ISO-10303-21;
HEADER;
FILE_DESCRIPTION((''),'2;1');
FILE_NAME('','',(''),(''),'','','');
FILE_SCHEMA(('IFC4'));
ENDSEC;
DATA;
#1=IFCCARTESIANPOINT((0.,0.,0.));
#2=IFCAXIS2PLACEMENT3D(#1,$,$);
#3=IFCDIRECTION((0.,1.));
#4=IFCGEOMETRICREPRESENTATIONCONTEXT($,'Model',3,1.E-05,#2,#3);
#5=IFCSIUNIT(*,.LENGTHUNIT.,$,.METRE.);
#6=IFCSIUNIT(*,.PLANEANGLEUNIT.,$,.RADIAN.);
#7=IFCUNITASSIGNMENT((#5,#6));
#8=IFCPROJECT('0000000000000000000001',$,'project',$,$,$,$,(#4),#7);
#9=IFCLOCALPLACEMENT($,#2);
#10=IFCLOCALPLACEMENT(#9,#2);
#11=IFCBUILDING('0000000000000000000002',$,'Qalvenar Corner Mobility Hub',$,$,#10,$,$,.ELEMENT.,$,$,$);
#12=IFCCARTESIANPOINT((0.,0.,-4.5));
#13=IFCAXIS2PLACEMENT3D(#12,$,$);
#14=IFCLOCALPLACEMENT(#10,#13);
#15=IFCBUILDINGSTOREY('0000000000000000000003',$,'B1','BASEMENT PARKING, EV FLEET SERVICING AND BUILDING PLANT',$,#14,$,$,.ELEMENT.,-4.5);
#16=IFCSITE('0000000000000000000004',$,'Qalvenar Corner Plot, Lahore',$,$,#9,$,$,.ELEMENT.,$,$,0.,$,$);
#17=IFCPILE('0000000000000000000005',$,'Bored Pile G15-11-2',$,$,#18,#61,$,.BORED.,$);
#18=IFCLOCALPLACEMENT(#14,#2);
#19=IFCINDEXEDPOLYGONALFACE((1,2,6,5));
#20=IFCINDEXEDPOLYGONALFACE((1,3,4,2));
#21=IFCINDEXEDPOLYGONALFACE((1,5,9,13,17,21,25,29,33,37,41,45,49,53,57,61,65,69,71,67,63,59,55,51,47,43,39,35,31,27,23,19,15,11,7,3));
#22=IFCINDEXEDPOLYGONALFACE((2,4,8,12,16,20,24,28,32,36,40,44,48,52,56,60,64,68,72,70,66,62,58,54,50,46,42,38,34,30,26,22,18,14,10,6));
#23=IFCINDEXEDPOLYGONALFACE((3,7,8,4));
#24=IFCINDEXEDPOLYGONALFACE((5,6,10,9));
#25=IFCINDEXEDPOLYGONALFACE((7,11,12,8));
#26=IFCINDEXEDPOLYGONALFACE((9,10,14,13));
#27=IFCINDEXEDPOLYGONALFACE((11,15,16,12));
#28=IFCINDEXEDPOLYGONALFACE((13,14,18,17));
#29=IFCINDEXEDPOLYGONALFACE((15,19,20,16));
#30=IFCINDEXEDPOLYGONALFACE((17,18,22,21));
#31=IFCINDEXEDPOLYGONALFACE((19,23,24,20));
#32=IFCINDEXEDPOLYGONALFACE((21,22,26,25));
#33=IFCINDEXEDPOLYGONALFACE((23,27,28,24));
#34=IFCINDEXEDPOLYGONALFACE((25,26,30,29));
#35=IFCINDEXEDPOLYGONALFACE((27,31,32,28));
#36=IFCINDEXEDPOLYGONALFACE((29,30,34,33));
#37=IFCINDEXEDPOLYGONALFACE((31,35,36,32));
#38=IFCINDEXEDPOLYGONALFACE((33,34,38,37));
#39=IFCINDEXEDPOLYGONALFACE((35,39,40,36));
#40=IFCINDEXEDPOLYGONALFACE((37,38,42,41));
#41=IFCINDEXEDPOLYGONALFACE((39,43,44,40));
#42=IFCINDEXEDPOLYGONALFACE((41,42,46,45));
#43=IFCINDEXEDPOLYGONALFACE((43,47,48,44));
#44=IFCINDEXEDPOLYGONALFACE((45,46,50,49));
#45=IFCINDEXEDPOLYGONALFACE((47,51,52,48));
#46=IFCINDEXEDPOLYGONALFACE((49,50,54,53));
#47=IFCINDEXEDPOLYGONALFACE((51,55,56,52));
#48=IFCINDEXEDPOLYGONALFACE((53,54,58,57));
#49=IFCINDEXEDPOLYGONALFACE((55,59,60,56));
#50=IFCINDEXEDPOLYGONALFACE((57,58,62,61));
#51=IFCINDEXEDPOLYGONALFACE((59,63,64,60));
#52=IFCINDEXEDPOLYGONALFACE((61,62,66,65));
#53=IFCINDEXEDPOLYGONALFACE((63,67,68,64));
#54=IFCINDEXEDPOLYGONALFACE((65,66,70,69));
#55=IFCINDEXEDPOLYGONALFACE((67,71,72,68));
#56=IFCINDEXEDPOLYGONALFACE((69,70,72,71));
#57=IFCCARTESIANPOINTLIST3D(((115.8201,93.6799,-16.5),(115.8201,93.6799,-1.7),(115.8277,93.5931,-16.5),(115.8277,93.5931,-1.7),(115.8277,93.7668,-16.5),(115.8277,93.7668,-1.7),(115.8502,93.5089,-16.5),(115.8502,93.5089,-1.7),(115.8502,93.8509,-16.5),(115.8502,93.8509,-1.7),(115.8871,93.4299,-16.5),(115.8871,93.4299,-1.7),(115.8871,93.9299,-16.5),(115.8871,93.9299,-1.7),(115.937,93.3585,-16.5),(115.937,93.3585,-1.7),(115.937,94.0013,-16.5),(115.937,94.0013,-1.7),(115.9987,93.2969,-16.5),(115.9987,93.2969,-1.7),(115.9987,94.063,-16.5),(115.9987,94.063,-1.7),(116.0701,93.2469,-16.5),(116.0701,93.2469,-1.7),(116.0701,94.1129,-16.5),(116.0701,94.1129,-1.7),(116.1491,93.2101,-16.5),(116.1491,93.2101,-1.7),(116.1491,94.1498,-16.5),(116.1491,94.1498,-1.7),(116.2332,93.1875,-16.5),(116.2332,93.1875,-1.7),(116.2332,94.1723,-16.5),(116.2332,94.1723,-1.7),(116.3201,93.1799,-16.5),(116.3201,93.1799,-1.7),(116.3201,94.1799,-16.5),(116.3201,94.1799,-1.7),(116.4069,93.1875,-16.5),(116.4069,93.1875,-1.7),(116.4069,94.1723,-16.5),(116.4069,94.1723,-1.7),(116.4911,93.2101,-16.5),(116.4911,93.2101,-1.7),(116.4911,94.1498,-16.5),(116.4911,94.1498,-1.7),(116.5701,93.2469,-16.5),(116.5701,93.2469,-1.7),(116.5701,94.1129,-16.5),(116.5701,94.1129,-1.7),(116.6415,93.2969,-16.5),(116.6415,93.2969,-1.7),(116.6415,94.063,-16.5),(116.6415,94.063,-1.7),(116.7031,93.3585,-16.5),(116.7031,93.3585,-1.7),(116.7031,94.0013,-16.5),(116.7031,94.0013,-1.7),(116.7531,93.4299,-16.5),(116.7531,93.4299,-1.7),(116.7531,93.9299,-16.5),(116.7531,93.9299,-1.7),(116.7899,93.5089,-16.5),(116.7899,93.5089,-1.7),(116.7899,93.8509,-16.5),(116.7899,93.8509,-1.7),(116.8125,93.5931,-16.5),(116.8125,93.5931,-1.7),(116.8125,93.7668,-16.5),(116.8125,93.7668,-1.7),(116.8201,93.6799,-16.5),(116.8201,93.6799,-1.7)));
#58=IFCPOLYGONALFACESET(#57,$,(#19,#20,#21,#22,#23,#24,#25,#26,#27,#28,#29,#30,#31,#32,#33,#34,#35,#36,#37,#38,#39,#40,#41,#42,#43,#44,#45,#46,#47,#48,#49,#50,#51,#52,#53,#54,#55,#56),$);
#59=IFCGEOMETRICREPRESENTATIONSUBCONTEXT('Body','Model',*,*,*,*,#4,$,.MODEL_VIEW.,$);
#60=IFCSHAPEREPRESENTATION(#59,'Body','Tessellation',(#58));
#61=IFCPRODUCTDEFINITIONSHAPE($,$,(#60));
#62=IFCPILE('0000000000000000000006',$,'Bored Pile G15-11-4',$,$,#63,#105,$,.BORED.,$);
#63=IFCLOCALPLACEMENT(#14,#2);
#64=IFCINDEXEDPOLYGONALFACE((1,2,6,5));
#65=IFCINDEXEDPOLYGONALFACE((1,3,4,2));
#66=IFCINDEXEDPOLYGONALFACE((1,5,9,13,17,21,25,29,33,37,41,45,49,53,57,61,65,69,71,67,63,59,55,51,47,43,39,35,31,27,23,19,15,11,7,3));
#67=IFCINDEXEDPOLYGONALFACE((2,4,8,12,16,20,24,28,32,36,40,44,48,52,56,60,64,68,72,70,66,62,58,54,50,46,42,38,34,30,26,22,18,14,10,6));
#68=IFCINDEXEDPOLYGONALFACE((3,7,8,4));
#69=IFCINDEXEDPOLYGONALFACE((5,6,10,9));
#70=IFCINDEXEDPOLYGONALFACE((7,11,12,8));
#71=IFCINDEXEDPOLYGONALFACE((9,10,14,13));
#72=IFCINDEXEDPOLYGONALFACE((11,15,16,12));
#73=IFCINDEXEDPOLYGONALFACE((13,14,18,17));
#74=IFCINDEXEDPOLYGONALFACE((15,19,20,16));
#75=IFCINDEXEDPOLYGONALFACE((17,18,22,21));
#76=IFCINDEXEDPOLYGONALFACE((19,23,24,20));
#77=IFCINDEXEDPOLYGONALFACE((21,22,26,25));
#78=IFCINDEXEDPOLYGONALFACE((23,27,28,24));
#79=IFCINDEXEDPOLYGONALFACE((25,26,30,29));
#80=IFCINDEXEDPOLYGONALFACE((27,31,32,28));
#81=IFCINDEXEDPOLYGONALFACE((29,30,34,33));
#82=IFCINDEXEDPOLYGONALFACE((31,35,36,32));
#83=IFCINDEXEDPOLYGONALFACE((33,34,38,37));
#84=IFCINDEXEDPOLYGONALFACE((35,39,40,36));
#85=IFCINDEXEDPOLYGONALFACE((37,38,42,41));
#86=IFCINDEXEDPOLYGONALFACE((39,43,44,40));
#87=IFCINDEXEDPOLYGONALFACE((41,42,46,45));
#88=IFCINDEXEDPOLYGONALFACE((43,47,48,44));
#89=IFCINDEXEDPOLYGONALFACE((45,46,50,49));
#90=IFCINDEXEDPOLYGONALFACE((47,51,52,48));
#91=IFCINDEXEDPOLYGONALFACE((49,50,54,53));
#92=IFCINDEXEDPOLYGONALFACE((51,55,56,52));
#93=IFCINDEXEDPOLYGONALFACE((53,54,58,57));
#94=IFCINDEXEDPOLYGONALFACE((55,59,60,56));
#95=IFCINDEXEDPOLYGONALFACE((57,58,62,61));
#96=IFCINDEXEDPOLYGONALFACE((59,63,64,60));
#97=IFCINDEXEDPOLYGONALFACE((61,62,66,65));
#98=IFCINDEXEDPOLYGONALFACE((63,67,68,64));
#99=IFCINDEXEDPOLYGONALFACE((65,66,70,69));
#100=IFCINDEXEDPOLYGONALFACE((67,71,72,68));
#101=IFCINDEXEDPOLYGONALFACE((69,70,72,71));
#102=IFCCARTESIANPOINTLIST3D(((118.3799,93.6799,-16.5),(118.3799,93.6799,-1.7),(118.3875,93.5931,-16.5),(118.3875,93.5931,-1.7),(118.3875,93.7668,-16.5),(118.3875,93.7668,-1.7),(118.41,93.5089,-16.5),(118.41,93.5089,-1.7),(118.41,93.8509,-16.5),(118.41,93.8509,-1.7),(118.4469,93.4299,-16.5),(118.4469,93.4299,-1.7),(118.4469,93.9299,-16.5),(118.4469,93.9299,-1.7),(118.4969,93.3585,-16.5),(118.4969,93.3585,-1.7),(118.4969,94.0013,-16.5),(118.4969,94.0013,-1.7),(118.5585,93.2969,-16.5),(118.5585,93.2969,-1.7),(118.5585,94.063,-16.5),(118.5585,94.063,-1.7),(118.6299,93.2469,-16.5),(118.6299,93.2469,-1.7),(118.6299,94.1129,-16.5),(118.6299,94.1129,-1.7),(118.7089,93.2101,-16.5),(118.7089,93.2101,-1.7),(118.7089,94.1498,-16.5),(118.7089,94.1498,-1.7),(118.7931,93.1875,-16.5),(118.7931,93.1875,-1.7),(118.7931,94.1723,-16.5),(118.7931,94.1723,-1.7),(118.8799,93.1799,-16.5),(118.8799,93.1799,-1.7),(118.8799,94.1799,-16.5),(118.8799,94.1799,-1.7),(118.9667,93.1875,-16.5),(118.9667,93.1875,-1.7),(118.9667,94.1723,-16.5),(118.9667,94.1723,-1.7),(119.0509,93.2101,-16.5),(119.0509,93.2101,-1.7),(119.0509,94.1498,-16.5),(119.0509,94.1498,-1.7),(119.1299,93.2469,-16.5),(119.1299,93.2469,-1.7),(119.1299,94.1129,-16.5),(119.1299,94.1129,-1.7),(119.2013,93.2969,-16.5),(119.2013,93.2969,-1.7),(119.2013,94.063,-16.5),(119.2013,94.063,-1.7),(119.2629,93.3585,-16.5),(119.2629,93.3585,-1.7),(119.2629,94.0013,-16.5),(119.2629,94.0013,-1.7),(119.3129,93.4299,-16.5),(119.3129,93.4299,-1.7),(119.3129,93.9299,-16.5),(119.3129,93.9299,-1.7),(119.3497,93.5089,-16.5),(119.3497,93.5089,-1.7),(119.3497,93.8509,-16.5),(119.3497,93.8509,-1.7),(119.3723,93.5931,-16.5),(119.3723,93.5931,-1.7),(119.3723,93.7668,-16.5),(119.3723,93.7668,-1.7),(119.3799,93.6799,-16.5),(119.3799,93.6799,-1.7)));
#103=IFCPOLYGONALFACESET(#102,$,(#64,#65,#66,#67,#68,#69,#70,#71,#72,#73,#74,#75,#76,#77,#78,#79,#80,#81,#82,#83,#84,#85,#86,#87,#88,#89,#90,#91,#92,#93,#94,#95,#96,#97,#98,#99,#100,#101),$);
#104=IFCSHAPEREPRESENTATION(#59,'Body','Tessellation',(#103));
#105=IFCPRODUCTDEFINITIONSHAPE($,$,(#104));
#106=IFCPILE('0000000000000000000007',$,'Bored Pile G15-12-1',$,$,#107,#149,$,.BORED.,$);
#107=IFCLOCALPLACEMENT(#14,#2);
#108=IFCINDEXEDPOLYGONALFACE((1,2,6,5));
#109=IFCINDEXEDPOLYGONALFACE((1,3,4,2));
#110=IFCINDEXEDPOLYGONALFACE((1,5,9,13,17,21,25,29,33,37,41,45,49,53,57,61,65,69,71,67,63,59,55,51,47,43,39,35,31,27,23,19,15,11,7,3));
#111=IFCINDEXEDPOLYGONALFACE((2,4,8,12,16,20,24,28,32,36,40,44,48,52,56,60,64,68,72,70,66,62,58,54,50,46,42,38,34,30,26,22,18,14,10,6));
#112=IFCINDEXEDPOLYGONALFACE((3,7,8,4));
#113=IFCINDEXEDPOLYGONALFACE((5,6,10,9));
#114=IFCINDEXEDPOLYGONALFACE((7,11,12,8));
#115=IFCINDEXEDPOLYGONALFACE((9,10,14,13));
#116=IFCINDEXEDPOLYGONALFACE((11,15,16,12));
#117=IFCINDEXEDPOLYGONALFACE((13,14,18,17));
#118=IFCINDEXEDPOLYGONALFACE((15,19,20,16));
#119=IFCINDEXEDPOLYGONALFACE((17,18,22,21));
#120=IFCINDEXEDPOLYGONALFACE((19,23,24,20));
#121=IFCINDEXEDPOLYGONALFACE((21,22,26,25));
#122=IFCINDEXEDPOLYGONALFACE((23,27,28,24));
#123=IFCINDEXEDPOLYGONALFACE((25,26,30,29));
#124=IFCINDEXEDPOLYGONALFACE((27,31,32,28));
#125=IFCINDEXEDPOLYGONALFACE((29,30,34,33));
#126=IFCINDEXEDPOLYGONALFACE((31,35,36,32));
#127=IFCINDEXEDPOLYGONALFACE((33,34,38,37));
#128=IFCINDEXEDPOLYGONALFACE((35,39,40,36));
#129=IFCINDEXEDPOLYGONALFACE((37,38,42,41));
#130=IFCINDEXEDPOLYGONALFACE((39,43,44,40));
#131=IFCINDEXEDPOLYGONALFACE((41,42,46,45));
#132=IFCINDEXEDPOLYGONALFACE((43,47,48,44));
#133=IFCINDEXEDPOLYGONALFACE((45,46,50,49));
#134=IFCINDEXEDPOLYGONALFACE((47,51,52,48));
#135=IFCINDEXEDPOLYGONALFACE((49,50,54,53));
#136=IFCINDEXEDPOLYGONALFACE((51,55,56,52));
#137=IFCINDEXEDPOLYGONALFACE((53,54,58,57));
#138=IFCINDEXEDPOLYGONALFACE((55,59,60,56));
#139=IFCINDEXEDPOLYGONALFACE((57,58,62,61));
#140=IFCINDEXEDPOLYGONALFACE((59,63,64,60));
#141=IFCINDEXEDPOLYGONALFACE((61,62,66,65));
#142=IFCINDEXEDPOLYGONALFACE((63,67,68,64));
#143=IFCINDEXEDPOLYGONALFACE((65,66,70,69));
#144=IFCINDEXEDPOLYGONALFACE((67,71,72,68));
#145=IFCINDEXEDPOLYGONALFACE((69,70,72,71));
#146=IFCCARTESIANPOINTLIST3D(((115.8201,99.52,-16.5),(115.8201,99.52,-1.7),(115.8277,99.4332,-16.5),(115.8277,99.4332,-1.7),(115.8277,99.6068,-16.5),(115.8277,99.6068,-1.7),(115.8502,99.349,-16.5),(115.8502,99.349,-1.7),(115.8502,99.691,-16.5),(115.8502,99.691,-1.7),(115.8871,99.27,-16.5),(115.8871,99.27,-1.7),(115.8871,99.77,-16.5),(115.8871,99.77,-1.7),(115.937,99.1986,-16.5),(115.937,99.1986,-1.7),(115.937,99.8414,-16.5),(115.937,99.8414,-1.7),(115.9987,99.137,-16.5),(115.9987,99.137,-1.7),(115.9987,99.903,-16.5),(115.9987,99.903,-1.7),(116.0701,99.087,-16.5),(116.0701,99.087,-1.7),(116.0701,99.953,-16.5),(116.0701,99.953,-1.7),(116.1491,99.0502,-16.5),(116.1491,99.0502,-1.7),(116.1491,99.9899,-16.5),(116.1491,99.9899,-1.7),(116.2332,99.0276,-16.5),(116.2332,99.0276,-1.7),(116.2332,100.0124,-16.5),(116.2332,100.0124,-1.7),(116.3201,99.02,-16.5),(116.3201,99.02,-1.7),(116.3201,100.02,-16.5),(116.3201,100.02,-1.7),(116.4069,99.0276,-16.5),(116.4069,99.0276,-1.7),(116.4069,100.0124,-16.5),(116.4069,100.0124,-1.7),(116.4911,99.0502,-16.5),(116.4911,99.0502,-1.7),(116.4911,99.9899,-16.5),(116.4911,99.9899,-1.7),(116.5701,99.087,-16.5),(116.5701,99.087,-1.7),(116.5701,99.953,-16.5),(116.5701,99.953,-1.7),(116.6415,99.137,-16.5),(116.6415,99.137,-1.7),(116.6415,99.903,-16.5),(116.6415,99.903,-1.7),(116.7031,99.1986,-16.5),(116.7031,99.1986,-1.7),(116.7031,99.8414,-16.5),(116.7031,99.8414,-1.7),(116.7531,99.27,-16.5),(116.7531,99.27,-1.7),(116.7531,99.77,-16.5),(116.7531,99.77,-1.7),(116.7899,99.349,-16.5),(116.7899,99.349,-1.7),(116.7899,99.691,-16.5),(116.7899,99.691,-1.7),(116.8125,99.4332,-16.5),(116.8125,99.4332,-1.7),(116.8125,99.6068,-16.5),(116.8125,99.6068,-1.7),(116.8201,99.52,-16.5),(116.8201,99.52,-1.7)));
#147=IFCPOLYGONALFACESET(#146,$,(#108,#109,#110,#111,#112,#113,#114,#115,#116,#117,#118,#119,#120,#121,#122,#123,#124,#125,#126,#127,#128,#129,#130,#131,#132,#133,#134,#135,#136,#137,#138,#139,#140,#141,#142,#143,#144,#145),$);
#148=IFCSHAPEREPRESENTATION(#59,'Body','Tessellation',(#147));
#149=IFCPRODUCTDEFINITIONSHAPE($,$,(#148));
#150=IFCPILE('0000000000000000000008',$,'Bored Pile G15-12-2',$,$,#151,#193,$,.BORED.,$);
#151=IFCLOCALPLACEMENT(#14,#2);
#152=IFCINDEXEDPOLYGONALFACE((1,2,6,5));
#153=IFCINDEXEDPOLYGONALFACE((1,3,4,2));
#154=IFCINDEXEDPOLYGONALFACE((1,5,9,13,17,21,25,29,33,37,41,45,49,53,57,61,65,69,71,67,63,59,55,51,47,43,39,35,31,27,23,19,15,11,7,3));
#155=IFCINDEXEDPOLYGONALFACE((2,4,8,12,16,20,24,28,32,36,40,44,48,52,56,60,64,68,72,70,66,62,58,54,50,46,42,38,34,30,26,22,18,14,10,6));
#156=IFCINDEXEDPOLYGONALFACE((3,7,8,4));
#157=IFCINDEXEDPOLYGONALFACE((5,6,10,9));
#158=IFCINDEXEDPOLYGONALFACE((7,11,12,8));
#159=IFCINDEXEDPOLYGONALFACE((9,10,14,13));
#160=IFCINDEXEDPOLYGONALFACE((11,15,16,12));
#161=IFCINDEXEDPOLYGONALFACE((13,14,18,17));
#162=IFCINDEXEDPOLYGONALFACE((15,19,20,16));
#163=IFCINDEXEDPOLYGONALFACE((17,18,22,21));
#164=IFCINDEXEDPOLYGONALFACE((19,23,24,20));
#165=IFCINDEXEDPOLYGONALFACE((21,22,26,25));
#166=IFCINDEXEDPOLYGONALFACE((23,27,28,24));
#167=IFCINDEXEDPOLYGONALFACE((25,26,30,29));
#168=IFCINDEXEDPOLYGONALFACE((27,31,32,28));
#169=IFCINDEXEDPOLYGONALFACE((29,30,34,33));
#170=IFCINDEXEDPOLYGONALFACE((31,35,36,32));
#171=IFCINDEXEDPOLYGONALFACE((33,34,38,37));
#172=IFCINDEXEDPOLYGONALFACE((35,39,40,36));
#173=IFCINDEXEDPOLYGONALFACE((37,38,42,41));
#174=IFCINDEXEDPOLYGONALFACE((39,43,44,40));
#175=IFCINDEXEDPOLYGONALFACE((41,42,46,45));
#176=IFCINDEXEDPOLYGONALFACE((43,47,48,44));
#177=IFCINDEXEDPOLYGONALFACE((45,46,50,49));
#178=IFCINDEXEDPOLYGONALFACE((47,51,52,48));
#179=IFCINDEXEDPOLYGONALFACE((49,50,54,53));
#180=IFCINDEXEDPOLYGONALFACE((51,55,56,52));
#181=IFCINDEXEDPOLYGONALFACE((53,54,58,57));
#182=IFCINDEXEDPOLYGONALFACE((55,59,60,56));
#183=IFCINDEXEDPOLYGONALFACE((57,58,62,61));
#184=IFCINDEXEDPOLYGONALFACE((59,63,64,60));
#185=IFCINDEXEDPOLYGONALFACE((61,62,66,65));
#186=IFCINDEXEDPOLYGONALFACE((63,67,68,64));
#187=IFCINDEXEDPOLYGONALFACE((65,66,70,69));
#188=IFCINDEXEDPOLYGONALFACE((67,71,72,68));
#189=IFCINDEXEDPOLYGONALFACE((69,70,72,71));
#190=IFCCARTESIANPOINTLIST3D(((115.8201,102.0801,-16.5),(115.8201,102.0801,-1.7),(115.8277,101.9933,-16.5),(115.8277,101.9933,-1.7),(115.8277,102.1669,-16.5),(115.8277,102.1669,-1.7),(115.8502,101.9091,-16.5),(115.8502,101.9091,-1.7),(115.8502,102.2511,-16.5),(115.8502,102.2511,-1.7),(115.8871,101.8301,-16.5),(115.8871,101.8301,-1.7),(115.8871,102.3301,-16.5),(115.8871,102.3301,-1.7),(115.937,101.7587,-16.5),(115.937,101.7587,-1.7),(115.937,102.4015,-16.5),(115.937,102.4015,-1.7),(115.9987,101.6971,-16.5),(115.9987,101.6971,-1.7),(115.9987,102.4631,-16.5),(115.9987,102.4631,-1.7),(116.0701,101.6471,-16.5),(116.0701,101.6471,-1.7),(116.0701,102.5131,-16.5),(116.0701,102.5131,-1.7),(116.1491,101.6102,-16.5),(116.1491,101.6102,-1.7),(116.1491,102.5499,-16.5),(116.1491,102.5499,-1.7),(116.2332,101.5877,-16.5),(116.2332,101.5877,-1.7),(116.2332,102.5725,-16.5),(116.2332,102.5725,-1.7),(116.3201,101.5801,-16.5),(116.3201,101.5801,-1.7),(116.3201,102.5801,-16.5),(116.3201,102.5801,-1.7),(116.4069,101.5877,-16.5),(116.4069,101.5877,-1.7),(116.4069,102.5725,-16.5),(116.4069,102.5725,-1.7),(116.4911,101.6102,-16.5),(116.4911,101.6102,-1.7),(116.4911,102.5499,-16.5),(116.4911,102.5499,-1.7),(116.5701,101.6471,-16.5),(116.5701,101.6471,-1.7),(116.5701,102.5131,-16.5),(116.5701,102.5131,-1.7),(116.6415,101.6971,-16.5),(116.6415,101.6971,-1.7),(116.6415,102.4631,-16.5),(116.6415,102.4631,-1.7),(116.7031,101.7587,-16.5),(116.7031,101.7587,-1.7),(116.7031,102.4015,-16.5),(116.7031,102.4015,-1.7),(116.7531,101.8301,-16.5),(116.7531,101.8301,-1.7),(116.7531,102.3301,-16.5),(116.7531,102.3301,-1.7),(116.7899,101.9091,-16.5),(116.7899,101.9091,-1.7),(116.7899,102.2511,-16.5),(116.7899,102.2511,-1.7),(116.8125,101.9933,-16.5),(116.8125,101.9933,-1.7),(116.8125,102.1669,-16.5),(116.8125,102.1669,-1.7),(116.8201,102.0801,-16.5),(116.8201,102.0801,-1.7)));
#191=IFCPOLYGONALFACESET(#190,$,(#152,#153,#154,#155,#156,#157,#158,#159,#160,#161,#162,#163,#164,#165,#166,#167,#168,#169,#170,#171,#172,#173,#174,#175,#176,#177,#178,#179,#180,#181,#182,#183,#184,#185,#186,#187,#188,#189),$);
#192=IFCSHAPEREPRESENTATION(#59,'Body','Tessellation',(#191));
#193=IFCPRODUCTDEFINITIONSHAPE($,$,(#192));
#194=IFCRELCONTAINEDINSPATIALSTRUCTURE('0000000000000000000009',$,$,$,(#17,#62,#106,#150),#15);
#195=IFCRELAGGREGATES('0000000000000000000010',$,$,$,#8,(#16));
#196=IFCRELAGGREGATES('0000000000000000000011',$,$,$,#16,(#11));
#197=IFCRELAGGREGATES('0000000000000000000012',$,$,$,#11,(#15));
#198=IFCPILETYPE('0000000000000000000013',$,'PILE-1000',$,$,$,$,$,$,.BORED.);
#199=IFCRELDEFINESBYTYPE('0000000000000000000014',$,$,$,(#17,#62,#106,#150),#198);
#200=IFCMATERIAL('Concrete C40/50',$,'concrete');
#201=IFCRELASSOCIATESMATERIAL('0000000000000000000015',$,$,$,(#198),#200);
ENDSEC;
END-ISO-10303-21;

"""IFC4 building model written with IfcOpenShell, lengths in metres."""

from ifc_helpers import new_model, si_unit, direction, frame, origin, origin_2d, place, context, subcontext, project, spatial, circle, extrude, material, material_profile, profile_set, type_object, element, save


model = new_model("IFC4")

# Units and contexts
model_context = context("Model", 3, precision=1e-05, world=origin(), true_north=direction((0.0, 1.0)))
body_context = subcontext(model_context, "Body", "Model", "MODEL_VIEW")
ifc_project = project(units=[si_unit("LENGTHUNIT", "METRE"), si_unit("PLANEANGLEUNIT", "RADIAN")], contexts=[model_context])

# Site, building, storey
site_placement = place(None, origin())
site = spatial("IfcSite", under=ifc_project, at=site_placement, Name="Qalvenar Corner Plot, Lahore", CompositionType="ELEMENT", RefElevation=0.0)
building_placement = place(site_placement, origin())
building = spatial("IfcBuilding", under=site, at=building_placement, Name="Qalvenar Corner Mobility Hub", CompositionType="ELEMENT")
storey_placement = place(building_placement, frame((0.0, 0.0, -4.5)))
storey = spatial("IfcBuildingStorey", under=building, at=storey_placement, Name="B1", Description="BASEMENT PARKING, EV FLEET SERVICING AND BUILDING PLANT", CompositionType="ELEMENT", Elevation=-4.5)

# Shared definitions
ifc_material_1 = material(Name="Concrete C40/50", Category="concrete")

# Piles
ifc_material_profile_1 = material_profile(ifc_material_1, circle(Radius=0.5, at=origin_2d()), Name="DIA1000")
ifc_profile_set_1 = profile_set([ifc_material_profile_1], Name="Concrete C40/50")
pile_type_1 = type_object("IfcPileType", Name="PILE-1000", PredefinedType="BORED", material=ifc_profile_set_1)
for number, where, z_axis, x_axis, name in (
    (1, (116.3201, 93.6799, -1.7), (0.0, 0.0, -1.0), (1.0, 0.0, 0.0), "Bored Pile G15-11-2"),
    (2, (118.8799, 93.6799, -1.7), (0.0, 0.0, -1.0), (1.0, 0.0, 0.0), "Bored Pile G15-11-4"),
    (3, (116.3201, 99.52, -1.7), (0.0, 0.0, -1.0), (1.0, 0.0, 0.0), "Bored Pile G15-12-1"),
    (4, (116.3201, 102.0801, -1.7), (0.0, 0.0, -1.0), (1.0, 0.0, 0.0), "Bored Pile G15-12-2"),
):
    element("IfcPile", number, at=place(storey_placement, frame(where, z_axis=z_axis, x_axis=x_axis)), inside=storey, type_object=pile_type_1, Name=name, PredefinedType="BORED", context=body_context, shape_type="SweptSolid", body=[
        extrude(circle(Radius=0.5, at=origin_2d()), origin(), (0.0, 0.0, 1.0), 14.8),
    ])

save(model, "model.ifc")
